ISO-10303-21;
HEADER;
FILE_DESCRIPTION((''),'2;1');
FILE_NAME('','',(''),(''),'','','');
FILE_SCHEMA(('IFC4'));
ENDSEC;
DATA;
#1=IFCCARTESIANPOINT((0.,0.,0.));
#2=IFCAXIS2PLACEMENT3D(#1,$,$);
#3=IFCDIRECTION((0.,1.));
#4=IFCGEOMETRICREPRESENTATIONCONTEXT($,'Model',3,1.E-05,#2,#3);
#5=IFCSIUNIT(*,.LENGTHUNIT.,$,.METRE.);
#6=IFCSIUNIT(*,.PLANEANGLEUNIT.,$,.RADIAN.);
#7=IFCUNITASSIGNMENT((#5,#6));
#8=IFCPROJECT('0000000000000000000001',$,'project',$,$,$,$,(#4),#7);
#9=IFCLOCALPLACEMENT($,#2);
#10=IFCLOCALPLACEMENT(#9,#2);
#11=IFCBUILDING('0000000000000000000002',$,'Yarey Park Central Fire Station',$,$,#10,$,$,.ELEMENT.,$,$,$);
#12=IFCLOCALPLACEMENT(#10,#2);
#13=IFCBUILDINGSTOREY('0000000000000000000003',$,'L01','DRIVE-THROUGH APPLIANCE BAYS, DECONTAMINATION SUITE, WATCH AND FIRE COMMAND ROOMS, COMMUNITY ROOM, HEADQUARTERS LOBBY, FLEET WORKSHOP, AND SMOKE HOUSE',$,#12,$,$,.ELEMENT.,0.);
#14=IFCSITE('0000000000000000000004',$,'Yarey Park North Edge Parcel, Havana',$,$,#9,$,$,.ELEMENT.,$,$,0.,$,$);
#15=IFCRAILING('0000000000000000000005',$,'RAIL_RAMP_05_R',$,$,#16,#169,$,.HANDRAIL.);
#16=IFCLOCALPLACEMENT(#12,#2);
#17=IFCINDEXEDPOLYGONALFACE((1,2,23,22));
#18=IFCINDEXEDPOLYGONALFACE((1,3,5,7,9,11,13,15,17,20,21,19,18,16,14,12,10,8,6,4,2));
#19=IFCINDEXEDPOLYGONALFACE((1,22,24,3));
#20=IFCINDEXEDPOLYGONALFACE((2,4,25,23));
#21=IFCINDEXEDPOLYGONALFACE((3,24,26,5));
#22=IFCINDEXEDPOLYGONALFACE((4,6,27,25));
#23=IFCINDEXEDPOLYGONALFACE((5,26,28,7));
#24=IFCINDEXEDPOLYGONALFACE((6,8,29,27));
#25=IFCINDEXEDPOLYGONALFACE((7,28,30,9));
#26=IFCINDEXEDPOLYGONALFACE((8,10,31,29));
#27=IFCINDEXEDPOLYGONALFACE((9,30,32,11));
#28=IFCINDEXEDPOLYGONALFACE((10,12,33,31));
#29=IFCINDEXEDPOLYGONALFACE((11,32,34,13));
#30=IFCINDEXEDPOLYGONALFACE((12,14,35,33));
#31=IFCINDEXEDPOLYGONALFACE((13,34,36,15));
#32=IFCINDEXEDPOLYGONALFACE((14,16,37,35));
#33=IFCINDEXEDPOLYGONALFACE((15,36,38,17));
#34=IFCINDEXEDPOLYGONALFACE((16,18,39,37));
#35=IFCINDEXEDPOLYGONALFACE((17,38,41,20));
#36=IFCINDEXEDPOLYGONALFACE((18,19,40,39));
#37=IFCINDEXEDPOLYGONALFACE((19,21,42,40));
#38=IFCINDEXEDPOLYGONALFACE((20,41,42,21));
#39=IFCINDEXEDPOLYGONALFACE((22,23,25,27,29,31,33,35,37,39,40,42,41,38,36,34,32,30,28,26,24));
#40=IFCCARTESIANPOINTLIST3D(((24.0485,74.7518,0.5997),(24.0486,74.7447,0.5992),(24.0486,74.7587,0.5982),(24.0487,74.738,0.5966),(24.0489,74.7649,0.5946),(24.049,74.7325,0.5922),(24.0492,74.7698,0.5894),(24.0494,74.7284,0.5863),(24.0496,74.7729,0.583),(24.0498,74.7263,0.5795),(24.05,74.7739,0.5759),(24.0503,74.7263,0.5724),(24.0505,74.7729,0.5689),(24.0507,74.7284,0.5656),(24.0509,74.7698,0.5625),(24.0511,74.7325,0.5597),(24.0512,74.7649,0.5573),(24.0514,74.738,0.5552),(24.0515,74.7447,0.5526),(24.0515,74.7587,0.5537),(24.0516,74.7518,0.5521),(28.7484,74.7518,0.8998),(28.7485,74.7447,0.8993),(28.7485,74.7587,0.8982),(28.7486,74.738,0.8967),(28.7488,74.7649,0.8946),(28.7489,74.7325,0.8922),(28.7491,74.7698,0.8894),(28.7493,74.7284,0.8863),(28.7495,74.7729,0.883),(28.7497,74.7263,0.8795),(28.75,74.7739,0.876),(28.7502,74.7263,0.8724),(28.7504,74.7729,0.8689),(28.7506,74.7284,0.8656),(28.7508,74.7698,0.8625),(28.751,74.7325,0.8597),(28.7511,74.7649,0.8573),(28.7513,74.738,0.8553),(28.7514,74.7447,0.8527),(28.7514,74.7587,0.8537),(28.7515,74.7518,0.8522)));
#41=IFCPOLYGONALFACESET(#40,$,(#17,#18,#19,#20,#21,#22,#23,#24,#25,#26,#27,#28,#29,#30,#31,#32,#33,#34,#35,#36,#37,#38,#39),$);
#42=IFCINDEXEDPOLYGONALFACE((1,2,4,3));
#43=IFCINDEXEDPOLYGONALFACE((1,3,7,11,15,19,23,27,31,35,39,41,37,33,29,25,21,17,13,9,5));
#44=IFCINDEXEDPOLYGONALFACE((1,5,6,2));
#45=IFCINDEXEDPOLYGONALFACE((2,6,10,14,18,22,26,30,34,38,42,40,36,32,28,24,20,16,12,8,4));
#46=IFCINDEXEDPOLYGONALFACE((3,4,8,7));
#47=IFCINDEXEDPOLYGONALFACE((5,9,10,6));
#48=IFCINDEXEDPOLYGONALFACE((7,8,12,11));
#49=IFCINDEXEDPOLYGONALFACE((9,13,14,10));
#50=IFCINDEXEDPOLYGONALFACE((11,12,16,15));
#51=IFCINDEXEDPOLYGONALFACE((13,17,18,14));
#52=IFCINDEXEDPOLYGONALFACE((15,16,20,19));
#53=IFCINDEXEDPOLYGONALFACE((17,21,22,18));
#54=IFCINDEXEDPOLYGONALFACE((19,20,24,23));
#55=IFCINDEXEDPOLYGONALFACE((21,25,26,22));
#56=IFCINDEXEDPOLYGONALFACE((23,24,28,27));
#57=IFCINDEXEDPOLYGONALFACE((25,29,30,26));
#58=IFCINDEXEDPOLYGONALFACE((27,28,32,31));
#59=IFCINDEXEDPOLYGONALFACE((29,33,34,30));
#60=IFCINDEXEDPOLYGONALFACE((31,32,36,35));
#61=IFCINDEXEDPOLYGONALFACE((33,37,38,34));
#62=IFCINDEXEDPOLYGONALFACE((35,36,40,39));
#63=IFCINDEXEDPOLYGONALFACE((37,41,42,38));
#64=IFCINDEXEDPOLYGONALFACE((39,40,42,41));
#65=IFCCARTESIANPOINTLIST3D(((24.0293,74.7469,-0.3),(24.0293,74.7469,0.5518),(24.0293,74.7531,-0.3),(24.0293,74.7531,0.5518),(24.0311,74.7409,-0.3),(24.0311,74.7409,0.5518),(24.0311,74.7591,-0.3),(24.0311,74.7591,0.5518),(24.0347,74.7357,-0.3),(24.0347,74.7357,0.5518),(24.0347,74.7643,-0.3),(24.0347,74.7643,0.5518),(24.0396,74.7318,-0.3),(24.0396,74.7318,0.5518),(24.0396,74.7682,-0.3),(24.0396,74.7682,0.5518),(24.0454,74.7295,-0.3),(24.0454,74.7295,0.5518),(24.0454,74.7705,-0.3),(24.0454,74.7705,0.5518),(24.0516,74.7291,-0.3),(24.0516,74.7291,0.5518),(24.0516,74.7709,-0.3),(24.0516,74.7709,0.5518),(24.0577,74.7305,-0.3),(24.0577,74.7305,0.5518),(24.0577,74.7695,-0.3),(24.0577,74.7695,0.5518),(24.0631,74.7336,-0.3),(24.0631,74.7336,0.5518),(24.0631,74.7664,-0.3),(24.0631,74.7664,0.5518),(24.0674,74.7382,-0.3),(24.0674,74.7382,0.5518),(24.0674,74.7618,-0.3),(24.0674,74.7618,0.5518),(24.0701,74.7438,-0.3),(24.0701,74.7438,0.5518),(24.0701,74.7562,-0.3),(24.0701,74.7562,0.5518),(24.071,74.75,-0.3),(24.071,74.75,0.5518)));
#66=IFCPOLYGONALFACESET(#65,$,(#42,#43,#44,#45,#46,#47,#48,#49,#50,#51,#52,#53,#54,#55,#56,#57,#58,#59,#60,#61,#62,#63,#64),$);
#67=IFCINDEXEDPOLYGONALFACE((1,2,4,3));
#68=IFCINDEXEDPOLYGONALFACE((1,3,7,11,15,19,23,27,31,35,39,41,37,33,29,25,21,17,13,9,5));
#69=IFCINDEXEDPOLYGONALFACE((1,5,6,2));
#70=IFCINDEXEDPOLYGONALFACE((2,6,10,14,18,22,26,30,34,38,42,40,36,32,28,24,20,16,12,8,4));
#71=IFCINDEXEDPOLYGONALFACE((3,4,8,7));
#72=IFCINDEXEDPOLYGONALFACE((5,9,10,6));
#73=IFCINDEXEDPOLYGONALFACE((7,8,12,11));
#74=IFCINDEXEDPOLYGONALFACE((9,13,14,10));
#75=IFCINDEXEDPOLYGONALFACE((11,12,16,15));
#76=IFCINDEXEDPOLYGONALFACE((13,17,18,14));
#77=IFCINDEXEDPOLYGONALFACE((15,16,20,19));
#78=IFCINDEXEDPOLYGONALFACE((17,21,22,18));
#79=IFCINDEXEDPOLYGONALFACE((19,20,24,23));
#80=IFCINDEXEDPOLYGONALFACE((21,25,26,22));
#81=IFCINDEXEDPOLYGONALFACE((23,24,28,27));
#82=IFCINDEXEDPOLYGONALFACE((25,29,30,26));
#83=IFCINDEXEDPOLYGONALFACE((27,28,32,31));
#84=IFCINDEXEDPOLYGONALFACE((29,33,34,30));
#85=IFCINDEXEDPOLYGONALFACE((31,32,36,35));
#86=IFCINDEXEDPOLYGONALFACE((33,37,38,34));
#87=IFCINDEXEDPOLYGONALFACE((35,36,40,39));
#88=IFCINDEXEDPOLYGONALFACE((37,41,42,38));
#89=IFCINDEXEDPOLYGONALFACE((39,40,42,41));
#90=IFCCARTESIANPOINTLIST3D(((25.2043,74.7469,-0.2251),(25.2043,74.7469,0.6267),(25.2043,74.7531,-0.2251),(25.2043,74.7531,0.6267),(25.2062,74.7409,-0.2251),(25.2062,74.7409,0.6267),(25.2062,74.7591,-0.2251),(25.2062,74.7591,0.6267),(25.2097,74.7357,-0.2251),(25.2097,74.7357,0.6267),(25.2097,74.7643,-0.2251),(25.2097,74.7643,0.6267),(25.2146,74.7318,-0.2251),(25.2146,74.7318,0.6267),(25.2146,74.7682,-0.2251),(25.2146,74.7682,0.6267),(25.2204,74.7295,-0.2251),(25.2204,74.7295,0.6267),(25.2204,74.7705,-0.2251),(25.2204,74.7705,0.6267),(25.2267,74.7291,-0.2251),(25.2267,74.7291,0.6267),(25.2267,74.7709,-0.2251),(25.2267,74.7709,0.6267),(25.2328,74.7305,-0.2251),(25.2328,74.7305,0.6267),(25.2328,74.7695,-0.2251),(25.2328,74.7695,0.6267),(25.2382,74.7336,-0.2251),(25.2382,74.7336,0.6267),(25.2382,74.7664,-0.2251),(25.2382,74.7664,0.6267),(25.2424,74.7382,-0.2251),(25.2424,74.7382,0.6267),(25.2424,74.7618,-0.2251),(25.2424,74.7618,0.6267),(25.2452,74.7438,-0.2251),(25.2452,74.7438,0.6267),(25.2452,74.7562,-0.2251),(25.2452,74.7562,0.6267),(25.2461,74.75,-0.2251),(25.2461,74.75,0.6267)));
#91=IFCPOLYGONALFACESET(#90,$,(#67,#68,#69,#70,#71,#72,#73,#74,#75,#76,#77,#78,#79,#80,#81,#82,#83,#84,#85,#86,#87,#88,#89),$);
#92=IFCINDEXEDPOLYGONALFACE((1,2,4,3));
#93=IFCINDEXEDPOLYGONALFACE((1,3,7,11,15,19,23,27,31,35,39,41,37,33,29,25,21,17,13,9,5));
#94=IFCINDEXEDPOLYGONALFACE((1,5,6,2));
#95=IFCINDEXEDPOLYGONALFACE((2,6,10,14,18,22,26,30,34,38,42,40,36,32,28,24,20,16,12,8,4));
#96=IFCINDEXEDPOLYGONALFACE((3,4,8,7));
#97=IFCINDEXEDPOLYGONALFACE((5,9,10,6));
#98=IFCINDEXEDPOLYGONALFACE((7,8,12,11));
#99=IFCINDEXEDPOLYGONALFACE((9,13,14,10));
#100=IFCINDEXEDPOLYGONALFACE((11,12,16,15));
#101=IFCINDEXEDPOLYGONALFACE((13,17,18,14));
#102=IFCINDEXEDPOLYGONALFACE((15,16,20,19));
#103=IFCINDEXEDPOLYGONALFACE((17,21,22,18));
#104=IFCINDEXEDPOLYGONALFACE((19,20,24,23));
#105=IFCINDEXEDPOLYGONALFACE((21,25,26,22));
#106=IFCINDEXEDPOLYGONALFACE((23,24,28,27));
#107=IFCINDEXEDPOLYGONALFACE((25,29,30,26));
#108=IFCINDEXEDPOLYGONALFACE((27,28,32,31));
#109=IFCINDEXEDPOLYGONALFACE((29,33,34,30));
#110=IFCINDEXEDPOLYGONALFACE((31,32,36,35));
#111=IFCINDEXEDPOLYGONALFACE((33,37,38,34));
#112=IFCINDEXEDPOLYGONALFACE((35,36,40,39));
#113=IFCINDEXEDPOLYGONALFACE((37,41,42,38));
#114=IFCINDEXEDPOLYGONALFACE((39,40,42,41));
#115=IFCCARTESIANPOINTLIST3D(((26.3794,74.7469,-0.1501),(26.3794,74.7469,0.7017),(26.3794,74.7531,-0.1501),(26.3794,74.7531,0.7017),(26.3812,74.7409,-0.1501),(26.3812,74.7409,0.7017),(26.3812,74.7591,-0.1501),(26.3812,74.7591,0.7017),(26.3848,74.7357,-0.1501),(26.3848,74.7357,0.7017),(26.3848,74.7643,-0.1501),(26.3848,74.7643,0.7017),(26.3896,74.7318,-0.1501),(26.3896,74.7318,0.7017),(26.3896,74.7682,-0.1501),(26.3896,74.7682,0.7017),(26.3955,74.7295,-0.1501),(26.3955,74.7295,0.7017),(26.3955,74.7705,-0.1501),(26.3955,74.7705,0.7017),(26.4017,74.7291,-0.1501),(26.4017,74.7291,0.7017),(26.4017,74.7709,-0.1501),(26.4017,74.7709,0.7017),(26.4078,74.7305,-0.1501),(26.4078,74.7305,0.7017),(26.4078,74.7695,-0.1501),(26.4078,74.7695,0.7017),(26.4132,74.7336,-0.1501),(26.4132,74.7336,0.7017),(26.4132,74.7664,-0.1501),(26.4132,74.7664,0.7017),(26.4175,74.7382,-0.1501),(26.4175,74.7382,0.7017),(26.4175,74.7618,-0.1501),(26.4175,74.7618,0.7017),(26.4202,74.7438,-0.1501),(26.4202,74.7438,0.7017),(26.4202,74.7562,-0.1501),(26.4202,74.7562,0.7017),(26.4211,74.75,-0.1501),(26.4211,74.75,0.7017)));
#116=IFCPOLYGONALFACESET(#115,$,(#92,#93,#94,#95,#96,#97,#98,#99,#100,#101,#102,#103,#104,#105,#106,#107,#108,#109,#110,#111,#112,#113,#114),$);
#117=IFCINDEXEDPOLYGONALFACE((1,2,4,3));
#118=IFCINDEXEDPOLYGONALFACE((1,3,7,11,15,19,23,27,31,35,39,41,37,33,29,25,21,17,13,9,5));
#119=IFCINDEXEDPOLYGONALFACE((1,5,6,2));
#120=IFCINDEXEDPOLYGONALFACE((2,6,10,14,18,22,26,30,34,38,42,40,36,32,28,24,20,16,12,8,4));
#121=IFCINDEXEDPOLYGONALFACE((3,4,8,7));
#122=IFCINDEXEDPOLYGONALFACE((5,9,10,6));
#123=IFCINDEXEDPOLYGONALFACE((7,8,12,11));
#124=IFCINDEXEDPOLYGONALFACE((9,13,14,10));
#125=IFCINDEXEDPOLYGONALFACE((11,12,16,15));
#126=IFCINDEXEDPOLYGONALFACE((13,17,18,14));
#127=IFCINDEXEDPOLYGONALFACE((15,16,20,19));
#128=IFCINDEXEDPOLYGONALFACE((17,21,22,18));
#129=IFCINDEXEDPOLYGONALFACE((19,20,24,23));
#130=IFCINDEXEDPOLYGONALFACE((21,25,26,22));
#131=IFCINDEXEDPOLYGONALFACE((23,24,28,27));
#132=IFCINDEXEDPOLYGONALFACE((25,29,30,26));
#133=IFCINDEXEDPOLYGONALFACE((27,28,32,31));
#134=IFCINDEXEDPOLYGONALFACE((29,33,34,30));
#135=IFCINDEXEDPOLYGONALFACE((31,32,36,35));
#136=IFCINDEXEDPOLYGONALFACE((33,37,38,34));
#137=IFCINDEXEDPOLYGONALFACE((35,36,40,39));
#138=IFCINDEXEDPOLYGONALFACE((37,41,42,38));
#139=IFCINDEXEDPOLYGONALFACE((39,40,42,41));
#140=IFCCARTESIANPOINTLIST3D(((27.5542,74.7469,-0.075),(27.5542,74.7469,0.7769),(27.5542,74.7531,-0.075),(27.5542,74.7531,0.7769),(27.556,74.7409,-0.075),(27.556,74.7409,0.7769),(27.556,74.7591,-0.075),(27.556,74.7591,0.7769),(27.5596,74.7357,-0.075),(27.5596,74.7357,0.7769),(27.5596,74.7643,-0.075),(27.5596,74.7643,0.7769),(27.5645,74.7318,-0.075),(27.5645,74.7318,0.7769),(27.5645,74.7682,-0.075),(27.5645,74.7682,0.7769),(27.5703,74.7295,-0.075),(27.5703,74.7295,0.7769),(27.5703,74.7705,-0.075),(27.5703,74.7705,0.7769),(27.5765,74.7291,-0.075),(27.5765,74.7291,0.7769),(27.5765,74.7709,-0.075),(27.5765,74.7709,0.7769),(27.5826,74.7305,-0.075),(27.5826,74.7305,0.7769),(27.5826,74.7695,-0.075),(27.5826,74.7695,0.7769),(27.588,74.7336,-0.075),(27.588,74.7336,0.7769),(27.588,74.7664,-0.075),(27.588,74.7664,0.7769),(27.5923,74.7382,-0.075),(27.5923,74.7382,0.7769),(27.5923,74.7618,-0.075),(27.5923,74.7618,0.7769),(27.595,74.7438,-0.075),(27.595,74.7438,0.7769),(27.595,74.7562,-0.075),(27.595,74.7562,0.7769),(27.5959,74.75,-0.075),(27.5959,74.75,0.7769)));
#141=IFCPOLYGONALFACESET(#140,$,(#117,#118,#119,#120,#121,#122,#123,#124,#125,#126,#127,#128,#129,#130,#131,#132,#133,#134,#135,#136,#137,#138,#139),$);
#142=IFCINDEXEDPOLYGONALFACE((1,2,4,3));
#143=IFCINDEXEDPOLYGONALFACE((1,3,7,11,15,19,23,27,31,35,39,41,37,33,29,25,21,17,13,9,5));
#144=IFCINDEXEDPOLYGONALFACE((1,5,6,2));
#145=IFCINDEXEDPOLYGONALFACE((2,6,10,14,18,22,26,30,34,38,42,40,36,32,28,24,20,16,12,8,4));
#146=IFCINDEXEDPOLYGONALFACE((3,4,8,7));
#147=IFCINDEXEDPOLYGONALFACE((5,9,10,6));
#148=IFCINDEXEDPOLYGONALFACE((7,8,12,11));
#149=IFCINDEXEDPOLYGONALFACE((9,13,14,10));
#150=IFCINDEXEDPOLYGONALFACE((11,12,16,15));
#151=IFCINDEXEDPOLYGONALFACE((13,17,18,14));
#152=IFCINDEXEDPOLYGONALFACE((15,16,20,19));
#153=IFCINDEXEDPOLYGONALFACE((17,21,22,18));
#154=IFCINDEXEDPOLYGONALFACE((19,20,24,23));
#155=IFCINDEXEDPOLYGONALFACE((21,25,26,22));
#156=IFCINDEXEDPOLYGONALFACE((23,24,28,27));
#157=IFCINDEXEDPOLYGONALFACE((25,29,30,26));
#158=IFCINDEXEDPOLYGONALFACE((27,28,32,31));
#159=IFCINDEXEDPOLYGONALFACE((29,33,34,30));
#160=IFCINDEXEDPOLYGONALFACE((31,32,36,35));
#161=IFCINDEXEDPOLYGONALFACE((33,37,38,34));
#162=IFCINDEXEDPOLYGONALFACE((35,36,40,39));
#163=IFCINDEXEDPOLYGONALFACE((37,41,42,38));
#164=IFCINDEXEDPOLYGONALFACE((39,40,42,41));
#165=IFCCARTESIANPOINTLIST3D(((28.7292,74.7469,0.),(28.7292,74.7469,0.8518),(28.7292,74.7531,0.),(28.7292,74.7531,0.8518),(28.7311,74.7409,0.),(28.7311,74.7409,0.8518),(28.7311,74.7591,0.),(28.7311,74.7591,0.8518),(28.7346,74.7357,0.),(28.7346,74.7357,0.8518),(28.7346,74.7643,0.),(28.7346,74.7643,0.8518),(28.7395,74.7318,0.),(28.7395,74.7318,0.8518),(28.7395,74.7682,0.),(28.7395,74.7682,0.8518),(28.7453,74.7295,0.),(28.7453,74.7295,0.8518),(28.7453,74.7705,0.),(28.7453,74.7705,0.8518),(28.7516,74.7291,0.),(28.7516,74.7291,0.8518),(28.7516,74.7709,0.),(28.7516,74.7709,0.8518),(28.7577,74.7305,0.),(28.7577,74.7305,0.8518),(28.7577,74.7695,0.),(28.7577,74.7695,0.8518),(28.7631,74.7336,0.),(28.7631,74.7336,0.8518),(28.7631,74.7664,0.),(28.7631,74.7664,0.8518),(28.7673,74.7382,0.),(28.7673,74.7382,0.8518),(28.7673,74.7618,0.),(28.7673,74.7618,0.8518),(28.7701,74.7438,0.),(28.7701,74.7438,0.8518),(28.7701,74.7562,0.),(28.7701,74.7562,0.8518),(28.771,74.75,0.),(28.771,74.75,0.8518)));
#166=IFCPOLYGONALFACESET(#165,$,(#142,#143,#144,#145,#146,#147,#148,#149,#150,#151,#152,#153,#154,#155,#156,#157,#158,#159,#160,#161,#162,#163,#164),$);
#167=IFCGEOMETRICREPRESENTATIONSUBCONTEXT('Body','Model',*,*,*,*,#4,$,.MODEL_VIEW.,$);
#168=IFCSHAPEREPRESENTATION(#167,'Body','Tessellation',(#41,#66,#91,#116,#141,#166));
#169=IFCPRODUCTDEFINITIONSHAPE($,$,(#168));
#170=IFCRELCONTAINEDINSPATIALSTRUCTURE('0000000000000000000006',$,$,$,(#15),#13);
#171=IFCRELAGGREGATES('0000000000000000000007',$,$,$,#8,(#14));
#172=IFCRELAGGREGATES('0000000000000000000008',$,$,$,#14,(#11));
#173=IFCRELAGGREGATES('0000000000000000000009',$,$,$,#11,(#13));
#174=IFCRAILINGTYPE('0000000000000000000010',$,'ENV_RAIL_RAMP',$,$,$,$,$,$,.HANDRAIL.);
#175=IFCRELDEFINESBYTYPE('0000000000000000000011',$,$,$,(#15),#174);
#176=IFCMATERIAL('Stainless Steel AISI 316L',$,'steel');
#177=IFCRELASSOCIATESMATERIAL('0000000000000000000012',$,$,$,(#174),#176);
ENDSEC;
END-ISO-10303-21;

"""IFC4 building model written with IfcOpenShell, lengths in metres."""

from ifc_helpers import new_model, si_unit, direction, frame, origin, origin_2d, place, context, subcontext, project, spatial, circle, extrude, material, type_object, element, save


model = new_model("IFC4")

# Units and contexts
model_context = context("Model", 3, precision=1e-05, world=origin(), true_north=direction((0.0, 1.0)))
body_context = subcontext(model_context, "Body", "Model", "MODEL_VIEW")
ifc_project = project(units=[si_unit("LENGTHUNIT", "METRE"), si_unit("PLANEANGLEUNIT", "RADIAN")], contexts=[model_context])

# Site, building, storey
site_placement = place(None, origin())
site = spatial("IfcSite", under=ifc_project, at=site_placement, Name="Yarey Park North Edge Parcel, Havana", CompositionType="ELEMENT", RefElevation=0.0)
building_placement = place(site_placement, origin())
building = spatial("IfcBuilding", under=site, at=building_placement, Name="Yarey Park Central Fire Station", CompositionType="ELEMENT")
storey_placement = place(building_placement, origin())
storey = spatial("IfcBuildingStorey", under=building, at=storey_placement, Name="L01", Description="DRIVE-THROUGH APPLIANCE BAYS, DECONTAMINATION SUITE, WATCH AND FIRE COMMAND ROOMS, COMMUNITY ROOM, HEADQUARTERS LOBBY, FLEET WORKSHOP, AND SMOKE HOUSE", CompositionType="ELEMENT", Elevation=0.0)

# Railing
ifc_material_1 = material(Name="Stainless Steel AISI 316L", Category="steel")
railing_type = type_object("IfcRailingType", Name="ENV_RAIL_RAMP", PredefinedType="HANDRAIL", material=ifc_material_1)
for number, where, name in (
    (1, (24.05, 74.75, -0.3), "RAIL_RAMP_05_R"),
):
    element("IfcRailing", number, at=place(storey_placement, frame(where)), inside=storey, type_object=railing_type, Name=name, PredefinedType="HANDRAIL", context=body_context, shape_type="SweptSolid", body=[
        extrude(circle(Radius=0.0239, at=origin_2d()), frame((0.0, 0.0, 0.876), z_axis=(0.997968, 0.0, 0.063711), x_axis=(0.0, 1.0, 0.0)), (0.0, 0.0, 1.0), 4.7095),
        extrude(circle(Radius=0.021, at=origin_2d()), origin(), (0.0, 0.0, 1.0), 0.8518),
        extrude(circle(Radius=0.021, at=origin_2d()), frame((1.175, 0.0, 0.075)), (0.0, 0.0, 1.0), 0.8518),
        extrude(circle(Radius=0.021, at=origin_2d()), frame((2.3501, 0.0, 0.1499)), (0.0, 0.0, 1.0), 0.8518),
        extrude(circle(Radius=0.021, at=origin_2d()), frame((3.5249, 0.0, 0.2251)), (0.0, 0.0, 1.0), 0.8518),
        extrude(circle(Radius=0.021, at=origin_2d()), frame((4.7, 0.0, 0.3)), (0.0, 0.0, 1.0), 0.8518),
    ])

save(model, "model.ifc")
